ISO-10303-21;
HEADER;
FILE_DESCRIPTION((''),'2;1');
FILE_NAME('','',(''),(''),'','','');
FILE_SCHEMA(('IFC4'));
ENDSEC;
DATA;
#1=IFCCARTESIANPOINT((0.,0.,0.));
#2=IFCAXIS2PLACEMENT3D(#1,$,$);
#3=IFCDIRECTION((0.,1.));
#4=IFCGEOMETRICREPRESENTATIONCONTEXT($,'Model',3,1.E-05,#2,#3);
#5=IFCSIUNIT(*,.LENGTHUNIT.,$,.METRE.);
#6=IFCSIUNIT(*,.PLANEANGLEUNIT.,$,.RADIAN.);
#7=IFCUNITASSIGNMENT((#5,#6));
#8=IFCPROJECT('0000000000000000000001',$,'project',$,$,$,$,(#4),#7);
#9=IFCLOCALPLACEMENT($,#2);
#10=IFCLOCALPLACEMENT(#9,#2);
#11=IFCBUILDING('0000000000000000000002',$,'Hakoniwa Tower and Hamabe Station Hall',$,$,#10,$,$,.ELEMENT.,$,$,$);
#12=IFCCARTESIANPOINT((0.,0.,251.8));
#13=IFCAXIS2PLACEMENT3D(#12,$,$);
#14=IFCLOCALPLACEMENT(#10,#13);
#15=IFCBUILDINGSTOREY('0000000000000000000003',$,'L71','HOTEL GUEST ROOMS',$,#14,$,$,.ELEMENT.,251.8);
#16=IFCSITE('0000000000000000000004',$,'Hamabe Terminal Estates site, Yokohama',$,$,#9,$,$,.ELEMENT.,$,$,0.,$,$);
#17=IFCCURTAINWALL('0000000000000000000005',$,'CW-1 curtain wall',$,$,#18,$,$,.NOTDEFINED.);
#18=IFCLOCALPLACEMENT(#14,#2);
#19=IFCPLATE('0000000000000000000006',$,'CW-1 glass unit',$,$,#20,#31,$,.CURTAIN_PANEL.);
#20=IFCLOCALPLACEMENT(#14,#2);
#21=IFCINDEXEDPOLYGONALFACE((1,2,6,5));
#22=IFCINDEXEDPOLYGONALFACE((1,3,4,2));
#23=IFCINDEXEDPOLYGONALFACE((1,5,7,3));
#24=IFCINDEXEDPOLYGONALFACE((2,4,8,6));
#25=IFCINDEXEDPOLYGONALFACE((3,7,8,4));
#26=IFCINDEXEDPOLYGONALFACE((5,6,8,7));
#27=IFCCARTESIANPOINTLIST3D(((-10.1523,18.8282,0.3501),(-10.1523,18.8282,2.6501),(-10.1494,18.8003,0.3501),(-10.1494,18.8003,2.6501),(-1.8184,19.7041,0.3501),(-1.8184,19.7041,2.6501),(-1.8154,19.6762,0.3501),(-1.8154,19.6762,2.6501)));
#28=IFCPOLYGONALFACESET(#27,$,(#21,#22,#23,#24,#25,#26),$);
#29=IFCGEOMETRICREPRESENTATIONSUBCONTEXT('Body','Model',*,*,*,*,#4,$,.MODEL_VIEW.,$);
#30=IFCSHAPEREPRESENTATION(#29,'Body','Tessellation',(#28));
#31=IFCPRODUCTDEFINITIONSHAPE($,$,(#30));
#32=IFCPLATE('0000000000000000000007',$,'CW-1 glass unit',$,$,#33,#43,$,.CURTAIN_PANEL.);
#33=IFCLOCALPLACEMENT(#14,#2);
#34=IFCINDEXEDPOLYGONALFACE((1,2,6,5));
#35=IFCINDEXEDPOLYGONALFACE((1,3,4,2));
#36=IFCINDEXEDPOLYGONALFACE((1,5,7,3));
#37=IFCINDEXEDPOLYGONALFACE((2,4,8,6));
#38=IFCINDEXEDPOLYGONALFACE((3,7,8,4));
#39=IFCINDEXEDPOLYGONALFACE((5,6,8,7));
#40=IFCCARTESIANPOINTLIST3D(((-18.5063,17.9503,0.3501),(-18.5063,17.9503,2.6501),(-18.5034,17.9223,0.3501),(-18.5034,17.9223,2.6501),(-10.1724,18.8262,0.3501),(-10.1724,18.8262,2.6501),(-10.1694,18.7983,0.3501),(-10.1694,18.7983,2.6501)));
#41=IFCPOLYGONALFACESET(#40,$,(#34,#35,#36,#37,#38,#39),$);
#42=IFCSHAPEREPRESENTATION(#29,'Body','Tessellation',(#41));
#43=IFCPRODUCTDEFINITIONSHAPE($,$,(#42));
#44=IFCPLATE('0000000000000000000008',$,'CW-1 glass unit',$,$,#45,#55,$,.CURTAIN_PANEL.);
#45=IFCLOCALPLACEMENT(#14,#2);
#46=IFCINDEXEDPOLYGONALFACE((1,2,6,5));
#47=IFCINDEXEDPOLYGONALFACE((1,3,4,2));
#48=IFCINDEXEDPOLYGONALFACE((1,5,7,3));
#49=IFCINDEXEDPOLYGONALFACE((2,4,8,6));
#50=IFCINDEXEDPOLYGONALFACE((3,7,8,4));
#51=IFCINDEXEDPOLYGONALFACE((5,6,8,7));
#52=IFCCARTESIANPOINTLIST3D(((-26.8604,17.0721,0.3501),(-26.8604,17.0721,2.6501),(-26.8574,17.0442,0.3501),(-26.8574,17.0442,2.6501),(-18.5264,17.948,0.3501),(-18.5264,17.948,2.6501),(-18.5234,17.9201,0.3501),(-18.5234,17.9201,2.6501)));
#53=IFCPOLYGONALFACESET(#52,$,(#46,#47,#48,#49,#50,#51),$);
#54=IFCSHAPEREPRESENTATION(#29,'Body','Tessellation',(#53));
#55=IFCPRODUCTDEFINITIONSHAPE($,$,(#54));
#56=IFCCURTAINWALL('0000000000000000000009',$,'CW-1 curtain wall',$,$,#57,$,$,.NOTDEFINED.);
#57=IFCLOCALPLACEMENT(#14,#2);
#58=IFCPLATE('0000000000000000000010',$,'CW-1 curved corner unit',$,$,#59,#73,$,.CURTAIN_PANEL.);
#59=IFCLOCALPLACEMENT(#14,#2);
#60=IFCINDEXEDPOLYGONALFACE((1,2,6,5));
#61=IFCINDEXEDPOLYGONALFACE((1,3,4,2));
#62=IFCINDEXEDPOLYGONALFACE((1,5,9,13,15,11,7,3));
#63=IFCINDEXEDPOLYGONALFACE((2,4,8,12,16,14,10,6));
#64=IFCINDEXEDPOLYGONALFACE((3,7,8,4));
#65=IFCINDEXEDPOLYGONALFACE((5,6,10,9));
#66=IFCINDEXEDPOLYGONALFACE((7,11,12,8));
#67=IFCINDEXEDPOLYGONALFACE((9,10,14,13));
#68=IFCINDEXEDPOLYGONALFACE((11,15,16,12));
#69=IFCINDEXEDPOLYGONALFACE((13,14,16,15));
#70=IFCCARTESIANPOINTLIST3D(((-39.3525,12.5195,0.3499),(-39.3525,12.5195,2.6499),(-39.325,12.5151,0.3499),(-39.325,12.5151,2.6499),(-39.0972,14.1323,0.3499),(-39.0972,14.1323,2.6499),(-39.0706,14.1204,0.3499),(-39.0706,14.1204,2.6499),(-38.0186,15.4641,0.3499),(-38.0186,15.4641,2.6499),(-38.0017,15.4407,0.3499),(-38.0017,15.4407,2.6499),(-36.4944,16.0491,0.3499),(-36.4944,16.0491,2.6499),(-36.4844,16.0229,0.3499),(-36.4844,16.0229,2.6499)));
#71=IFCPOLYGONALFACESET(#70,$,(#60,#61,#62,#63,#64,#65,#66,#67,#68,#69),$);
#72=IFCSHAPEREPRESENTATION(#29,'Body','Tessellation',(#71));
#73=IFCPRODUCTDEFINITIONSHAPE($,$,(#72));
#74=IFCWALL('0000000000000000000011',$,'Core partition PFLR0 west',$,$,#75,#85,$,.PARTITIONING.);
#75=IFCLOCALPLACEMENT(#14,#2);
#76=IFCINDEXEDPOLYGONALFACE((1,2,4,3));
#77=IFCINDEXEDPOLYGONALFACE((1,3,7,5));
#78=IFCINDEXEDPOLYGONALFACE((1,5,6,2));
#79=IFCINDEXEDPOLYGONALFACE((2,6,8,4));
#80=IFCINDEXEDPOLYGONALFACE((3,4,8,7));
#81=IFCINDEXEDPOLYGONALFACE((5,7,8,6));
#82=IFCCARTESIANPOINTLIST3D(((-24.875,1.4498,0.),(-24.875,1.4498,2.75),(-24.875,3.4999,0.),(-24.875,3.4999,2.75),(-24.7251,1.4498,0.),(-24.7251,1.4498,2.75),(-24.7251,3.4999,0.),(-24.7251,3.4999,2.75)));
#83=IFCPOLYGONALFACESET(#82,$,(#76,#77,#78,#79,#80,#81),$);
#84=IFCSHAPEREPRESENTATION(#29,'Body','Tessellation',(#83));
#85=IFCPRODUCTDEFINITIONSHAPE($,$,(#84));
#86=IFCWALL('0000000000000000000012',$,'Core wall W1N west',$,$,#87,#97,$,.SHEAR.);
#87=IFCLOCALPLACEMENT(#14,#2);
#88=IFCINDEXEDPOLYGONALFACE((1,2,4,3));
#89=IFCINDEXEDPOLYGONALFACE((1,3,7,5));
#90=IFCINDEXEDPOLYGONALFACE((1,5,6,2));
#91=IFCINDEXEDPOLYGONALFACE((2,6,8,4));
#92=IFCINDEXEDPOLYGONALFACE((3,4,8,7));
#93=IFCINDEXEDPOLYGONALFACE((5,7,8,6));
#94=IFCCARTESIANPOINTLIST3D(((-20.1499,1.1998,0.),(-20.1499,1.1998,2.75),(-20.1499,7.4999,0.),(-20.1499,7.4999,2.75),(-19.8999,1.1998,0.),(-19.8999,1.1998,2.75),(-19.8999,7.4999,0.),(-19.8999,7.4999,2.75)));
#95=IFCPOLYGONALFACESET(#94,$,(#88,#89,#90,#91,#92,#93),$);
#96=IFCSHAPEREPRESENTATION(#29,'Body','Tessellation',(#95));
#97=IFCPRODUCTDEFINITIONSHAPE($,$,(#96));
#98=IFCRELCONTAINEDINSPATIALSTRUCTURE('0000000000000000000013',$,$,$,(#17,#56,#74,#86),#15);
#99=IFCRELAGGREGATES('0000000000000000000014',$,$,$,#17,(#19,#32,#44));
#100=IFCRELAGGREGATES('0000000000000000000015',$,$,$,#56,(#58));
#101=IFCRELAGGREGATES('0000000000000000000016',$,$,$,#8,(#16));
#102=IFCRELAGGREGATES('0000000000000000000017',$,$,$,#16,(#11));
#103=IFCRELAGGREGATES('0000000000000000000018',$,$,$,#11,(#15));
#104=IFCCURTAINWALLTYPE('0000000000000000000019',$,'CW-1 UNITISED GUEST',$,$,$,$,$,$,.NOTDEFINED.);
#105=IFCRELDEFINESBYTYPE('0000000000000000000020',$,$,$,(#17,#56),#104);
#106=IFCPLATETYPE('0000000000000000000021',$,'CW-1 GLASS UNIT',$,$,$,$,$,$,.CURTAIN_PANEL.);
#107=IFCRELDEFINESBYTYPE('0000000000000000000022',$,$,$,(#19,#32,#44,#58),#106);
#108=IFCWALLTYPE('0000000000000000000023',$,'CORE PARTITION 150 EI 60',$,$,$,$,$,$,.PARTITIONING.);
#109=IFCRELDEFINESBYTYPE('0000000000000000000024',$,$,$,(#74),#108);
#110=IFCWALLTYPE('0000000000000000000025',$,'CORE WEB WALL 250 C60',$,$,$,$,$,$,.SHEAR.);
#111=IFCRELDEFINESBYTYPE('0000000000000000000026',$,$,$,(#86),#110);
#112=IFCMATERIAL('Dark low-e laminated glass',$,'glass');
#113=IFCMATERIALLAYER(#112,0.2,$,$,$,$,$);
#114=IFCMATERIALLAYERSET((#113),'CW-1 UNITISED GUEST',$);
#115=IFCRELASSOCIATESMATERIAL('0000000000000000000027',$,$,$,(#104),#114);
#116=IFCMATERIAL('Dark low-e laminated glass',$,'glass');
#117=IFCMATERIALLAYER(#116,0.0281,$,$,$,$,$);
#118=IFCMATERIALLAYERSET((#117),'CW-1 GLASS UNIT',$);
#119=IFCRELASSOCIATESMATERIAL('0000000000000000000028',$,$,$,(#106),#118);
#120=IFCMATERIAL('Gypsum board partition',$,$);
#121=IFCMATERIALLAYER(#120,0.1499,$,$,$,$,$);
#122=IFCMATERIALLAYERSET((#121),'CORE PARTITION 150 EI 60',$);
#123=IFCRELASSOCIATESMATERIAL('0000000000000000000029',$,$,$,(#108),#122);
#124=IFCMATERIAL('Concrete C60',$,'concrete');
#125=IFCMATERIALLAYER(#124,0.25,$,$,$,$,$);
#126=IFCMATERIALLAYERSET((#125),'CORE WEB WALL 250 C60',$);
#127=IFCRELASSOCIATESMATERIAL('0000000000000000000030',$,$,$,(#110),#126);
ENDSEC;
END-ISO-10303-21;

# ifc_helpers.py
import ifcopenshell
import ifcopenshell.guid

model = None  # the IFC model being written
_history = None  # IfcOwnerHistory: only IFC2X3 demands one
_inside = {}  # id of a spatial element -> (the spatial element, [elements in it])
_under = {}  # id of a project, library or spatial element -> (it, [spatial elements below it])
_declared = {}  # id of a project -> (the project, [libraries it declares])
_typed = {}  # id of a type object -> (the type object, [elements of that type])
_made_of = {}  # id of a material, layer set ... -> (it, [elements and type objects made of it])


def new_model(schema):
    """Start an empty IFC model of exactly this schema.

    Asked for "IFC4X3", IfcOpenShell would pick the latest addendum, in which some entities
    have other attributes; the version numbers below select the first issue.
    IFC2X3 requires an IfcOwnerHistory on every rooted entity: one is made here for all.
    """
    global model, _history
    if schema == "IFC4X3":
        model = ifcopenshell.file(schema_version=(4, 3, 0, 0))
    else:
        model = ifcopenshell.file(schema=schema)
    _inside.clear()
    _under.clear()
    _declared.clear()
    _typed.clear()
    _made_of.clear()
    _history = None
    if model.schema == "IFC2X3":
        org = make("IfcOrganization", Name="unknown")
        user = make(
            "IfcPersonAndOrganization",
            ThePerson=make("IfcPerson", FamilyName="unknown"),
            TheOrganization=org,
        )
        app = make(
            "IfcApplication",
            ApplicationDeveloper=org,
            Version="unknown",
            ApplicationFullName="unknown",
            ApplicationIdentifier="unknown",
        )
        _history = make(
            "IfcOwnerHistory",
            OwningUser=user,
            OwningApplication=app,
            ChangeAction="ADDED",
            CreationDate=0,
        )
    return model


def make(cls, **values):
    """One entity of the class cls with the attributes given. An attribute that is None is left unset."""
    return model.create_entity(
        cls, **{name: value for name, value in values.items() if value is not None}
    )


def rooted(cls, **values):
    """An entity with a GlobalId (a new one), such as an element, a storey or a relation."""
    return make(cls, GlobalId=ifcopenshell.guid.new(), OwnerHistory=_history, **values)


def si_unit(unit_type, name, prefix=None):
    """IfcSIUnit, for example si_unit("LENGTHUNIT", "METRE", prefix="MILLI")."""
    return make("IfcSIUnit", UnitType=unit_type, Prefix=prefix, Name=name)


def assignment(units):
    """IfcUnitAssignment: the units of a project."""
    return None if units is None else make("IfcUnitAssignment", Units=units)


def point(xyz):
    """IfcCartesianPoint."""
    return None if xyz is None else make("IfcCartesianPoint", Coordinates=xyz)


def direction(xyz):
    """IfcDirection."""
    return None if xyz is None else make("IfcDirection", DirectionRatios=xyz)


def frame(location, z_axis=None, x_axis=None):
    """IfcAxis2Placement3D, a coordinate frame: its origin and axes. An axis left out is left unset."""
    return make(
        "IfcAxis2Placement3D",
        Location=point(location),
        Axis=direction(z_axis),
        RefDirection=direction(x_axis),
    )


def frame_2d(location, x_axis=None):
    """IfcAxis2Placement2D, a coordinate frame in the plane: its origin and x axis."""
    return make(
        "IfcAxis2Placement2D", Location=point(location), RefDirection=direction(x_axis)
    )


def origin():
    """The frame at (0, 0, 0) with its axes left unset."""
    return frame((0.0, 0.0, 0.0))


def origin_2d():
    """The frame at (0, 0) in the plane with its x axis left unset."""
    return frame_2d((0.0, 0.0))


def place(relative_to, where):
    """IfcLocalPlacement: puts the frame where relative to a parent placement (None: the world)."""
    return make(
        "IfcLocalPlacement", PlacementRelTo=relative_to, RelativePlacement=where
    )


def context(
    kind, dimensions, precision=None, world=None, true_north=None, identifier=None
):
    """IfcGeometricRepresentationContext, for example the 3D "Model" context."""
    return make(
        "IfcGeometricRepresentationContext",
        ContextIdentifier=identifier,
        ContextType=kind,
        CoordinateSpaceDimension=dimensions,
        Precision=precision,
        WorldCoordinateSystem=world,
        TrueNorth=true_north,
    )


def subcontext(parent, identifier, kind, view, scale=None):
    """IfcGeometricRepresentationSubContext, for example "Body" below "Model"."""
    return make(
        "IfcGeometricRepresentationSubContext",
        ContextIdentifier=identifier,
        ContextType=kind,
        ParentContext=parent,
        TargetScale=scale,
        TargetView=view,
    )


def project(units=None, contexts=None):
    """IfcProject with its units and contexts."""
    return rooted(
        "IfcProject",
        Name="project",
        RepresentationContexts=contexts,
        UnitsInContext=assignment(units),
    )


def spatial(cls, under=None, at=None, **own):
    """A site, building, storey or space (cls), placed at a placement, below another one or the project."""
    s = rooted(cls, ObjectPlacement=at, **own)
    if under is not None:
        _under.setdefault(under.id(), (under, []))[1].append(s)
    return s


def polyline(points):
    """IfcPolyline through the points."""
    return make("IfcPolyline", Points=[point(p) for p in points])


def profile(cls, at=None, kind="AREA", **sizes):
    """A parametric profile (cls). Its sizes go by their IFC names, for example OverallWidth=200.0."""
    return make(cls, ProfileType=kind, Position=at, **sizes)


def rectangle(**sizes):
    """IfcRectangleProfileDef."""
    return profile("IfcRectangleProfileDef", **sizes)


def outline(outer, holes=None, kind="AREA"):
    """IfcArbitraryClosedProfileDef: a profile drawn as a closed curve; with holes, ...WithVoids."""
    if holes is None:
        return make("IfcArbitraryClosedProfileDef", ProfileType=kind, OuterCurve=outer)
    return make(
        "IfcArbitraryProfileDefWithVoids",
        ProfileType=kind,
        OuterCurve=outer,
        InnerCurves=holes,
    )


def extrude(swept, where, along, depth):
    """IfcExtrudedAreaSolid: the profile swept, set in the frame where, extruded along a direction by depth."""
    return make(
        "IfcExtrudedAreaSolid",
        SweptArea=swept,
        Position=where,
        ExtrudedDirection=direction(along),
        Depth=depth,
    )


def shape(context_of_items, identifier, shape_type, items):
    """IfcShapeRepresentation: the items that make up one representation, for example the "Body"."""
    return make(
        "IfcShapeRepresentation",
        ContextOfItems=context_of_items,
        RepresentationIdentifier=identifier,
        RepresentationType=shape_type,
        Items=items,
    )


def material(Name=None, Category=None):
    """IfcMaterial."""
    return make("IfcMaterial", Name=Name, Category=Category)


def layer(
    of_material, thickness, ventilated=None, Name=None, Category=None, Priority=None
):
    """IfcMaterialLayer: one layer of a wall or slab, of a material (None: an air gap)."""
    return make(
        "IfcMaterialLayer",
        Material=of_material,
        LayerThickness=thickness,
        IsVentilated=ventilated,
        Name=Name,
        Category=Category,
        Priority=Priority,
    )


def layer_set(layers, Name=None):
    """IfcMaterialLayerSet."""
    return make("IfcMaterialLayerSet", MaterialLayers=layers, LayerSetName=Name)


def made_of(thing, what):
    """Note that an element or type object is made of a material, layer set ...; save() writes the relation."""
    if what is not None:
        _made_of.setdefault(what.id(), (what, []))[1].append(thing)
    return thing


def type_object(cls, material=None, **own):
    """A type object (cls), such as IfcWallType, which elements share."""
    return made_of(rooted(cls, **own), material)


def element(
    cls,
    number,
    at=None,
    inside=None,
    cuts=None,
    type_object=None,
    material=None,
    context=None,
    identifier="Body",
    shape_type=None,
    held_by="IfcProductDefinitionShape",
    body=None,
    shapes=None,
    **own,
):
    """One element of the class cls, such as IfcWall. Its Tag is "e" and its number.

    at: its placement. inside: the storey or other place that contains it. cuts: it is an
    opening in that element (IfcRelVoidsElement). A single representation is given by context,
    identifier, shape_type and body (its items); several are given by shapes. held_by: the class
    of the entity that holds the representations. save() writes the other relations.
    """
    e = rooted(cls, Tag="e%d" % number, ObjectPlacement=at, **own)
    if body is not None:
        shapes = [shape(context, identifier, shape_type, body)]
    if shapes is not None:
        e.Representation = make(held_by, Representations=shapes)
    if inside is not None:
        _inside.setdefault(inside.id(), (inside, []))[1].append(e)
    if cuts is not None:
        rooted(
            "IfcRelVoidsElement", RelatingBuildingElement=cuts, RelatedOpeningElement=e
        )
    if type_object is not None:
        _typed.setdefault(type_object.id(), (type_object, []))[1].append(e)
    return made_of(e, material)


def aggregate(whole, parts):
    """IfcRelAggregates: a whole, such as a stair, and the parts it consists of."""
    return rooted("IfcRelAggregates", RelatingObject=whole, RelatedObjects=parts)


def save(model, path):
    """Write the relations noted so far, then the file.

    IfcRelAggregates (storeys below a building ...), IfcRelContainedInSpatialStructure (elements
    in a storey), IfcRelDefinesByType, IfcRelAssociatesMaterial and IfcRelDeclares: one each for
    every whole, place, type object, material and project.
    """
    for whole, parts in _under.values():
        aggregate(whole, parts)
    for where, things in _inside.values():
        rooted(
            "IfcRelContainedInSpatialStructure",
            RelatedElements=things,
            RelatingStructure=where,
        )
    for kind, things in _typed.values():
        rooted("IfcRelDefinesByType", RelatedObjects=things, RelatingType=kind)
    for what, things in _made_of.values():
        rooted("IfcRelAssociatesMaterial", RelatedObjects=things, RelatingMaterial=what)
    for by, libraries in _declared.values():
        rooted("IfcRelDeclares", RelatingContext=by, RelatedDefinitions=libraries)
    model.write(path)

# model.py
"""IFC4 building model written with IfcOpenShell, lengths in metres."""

from ifc_helpers import new_model, si_unit, direction, frame, frame_2d, origin, origin_2d, place, context, subcontext, project, spatial, polyline, rectangle, outline, extrude, material, layer, layer_set, type_object, element, aggregate, save


model = new_model("IFC4")

# Units and contexts
model_context = context("Model", 3, precision=1e-05, world=origin(), true_north=direction((0.0, 1.0)))
body_context = subcontext(model_context, "Body", "Model", "MODEL_VIEW")
ifc_project = project(units=[si_unit("LENGTHUNIT", "METRE"), si_unit("PLANEANGLEUNIT", "RADIAN")], contexts=[model_context])

# Site, building, storey
site_placement = place(None, origin())
site = spatial("IfcSite", under=ifc_project, at=site_placement, Name="Hamabe Terminal Estates site, Yokohama", CompositionType="ELEMENT", RefElevation=0.0)
building_placement = place(site_placement, origin())
building = spatial("IfcBuilding", under=site, at=building_placement, Name="Hakoniwa Tower and Hamabe Station Hall", CompositionType="ELEMENT")
storey_placement = place(building_placement, frame((0.0, 0.0, 251.8)))
storey = spatial("IfcBuildingStorey", under=building, at=storey_placement, Name="L71", Description="HOTEL GUEST ROOMS", CompositionType="ELEMENT", Elevation=251.8)

# Shared definitions
ifc_material_1 = material(Name="Dark low-e laminated glass", Category="glass")
ifc_layer_1 = layer(ifc_material_1, 0.2)
ifc_layer_set_1 = layer_set([ifc_layer_1], Name="CW-1 UNITISED GUEST")
curtain_wall_type = type_object("IfcCurtainWallType", Name="CW-1 UNITISED GUEST", PredefinedType="NOTDEFINED", material=ifc_layer_set_1)

# Curtain wall, plates
curtain_wall_1_placement = place(storey_placement, origin())
curtain_wall_1 = element("IfcCurtainWall", 1, at=curtain_wall_1_placement, inside=storey, type_object=curtain_wall_type, Name="CW-1 curtain wall", PredefinedType="NOTDEFINED")
ifc_material_2 = material(Name="Dark low-e laminated glass", Category="glass")
ifc_layer_2 = layer(ifc_material_2, 0.0281)
ifc_layer_set_2 = layer_set([ifc_layer_2], Name="CW-1 GLASS UNIT")
plate_type = type_object("IfcPlateType", Name="CW-1 GLASS UNIT", PredefinedType="CURTAIN_PANEL", material=ifc_layer_set_2)
plate_1_placement = place(storey_placement, frame((-5.9839, 19.2522, 0.3501), z_axis=(0.0, 0.0, 1.0), x_axis=(-0.994522, -0.104528, 0.0)))
plate_1 = element("IfcPlate", 2, at=plate_1_placement, type_object=plate_type, Name="CW-1 glass unit", PredefinedType="CURTAIN_PANEL", context=body_context, shape_type="SweptSolid", body=[
    extrude(rectangle(XDim=8.3799, YDim=0.0281, at=origin_2d()), origin(), (0.0, 0.0, 1.0), 2.3),
])
plate_2_placement = place(storey_placement, frame((-14.3379, 18.3743, 0.3501), z_axis=(0.0, 0.0, 1.0), x_axis=(-0.994522, -0.104528, 0.0)))
plate_2 = element("IfcPlate", 3, at=plate_2_placement, type_object=plate_type, Name="CW-1 glass unit", PredefinedType="CURTAIN_PANEL", context=body_context, shape_type="SweptSolid", body=[
    extrude(rectangle(XDim=8.3799, YDim=0.0281, at=origin_2d()), origin(), (0.0, 0.0, 1.0), 2.3),
])
plate_3_placement = place(storey_placement, frame((-22.6919, 17.4961, 0.3501), z_axis=(0.0, 0.0, 1.0), x_axis=(-0.994522, -0.104528, 0.0)))
plate_3 = element("IfcPlate", 4, at=plate_3_placement, type_object=plate_type, Name="CW-1 glass unit", PredefinedType="CURTAIN_PANEL", context=body_context, shape_type="SweptSolid", body=[
    extrude(rectangle(XDim=8.3799, YDim=0.0281, at=origin_2d()), origin(), (0.0, 0.0, 1.0), 2.3),
])
aggregate(curtain_wall_1, [plate_1, plate_2, plate_3])

# Curtain wall, plate
curtain_wall_2_placement = place(storey_placement, origin())
curtain_wall_2 = element("IfcCurtainWall", 5, at=curtain_wall_2_placement, inside=storey, type_object=curtain_wall_type, Name="CW-1 curtain wall", PredefinedType="NOTDEFINED")
plate_4_placement = place(storey_placement, frame((0.0, 0.0, 0.3499)))
plate_4 = element("IfcPlate", 6, at=plate_4_placement, type_object=plate_type, Name="CW-1 curved corner unit", PredefinedType="CURTAIN_PANEL", context=body_context, shape_type="SweptSolid", body=[
    extrude(outline(polyline([(-36.4944, 16.0491), (-38.0186, 15.4641), (-39.0972, 14.1323), (-39.3525, 12.5195), (-39.325, 12.5151), (-39.0706, 14.1204), (-38.0017, 15.4407), (-36.4844, 16.0229), (-36.4944, 16.0491)])), origin(), (0.0, 0.0, 1.0), 2.3),
])
aggregate(curtain_wall_2, [plate_4])

# Walls
ifc_material_3 = material(Name="Gypsum board partition")
ifc_layer_3 = layer(ifc_material_3, 0.1499)
ifc_layer_set_3 = layer_set([ifc_layer_3], Name="CORE PARTITION 150 EI 60")
wall_type_1 = type_object("IfcWallType", Name="CORE PARTITION 150 EI 60", PredefinedType="PARTITIONING", material=ifc_layer_set_3)
wall_1_placement = place(storey_placement, frame((-24.8, 1.45, 0.0), z_axis=(0.0, 0.0, 1.0), x_axis=(0.0, 1.0, 0.0)))
element("IfcWall", 7, at=wall_1_placement, inside=storey, type_object=wall_type_1, Name="Core partition PFLR0 west", PredefinedType="PARTITIONING", context=body_context, shape_type="SweptSolid", body=[
    extrude(rectangle(XDim=2.05, YDim=0.1499, at=frame_2d((1.0249, 0.0))), origin(), (0.0, 0.0, 1.0), 2.75),
])
ifc_material_4 = material(Name="Concrete C60", Category="concrete")
ifc_layer_4 = layer(ifc_material_4, 0.25)
ifc_layer_set_4 = layer_set([ifc_layer_4], Name="CORE WEB WALL 250 C60")
wall_type_2 = type_object("IfcWallType", Name="CORE WEB WALL 250 C60", PredefinedType="SHEAR", material=ifc_layer_set_4)
wall_2_placement = place(storey_placement, frame((-20.0249, 1.2, 0.0), z_axis=(0.0, 0.0, 1.0), x_axis=(0.0, 1.0, 0.0)))
element("IfcWall", 8, at=wall_2_placement, inside=storey, type_object=wall_type_2, Name="Core wall W1N west", PredefinedType="SHEAR", context=body_context, shape_type="SweptSolid", body=[
    extrude(rectangle(XDim=6.3, YDim=0.25, at=frame_2d((3.1499, 0.0))), origin(), (0.0, 0.0, 1.0), 2.75),
])

save(model, "model.ifc")
